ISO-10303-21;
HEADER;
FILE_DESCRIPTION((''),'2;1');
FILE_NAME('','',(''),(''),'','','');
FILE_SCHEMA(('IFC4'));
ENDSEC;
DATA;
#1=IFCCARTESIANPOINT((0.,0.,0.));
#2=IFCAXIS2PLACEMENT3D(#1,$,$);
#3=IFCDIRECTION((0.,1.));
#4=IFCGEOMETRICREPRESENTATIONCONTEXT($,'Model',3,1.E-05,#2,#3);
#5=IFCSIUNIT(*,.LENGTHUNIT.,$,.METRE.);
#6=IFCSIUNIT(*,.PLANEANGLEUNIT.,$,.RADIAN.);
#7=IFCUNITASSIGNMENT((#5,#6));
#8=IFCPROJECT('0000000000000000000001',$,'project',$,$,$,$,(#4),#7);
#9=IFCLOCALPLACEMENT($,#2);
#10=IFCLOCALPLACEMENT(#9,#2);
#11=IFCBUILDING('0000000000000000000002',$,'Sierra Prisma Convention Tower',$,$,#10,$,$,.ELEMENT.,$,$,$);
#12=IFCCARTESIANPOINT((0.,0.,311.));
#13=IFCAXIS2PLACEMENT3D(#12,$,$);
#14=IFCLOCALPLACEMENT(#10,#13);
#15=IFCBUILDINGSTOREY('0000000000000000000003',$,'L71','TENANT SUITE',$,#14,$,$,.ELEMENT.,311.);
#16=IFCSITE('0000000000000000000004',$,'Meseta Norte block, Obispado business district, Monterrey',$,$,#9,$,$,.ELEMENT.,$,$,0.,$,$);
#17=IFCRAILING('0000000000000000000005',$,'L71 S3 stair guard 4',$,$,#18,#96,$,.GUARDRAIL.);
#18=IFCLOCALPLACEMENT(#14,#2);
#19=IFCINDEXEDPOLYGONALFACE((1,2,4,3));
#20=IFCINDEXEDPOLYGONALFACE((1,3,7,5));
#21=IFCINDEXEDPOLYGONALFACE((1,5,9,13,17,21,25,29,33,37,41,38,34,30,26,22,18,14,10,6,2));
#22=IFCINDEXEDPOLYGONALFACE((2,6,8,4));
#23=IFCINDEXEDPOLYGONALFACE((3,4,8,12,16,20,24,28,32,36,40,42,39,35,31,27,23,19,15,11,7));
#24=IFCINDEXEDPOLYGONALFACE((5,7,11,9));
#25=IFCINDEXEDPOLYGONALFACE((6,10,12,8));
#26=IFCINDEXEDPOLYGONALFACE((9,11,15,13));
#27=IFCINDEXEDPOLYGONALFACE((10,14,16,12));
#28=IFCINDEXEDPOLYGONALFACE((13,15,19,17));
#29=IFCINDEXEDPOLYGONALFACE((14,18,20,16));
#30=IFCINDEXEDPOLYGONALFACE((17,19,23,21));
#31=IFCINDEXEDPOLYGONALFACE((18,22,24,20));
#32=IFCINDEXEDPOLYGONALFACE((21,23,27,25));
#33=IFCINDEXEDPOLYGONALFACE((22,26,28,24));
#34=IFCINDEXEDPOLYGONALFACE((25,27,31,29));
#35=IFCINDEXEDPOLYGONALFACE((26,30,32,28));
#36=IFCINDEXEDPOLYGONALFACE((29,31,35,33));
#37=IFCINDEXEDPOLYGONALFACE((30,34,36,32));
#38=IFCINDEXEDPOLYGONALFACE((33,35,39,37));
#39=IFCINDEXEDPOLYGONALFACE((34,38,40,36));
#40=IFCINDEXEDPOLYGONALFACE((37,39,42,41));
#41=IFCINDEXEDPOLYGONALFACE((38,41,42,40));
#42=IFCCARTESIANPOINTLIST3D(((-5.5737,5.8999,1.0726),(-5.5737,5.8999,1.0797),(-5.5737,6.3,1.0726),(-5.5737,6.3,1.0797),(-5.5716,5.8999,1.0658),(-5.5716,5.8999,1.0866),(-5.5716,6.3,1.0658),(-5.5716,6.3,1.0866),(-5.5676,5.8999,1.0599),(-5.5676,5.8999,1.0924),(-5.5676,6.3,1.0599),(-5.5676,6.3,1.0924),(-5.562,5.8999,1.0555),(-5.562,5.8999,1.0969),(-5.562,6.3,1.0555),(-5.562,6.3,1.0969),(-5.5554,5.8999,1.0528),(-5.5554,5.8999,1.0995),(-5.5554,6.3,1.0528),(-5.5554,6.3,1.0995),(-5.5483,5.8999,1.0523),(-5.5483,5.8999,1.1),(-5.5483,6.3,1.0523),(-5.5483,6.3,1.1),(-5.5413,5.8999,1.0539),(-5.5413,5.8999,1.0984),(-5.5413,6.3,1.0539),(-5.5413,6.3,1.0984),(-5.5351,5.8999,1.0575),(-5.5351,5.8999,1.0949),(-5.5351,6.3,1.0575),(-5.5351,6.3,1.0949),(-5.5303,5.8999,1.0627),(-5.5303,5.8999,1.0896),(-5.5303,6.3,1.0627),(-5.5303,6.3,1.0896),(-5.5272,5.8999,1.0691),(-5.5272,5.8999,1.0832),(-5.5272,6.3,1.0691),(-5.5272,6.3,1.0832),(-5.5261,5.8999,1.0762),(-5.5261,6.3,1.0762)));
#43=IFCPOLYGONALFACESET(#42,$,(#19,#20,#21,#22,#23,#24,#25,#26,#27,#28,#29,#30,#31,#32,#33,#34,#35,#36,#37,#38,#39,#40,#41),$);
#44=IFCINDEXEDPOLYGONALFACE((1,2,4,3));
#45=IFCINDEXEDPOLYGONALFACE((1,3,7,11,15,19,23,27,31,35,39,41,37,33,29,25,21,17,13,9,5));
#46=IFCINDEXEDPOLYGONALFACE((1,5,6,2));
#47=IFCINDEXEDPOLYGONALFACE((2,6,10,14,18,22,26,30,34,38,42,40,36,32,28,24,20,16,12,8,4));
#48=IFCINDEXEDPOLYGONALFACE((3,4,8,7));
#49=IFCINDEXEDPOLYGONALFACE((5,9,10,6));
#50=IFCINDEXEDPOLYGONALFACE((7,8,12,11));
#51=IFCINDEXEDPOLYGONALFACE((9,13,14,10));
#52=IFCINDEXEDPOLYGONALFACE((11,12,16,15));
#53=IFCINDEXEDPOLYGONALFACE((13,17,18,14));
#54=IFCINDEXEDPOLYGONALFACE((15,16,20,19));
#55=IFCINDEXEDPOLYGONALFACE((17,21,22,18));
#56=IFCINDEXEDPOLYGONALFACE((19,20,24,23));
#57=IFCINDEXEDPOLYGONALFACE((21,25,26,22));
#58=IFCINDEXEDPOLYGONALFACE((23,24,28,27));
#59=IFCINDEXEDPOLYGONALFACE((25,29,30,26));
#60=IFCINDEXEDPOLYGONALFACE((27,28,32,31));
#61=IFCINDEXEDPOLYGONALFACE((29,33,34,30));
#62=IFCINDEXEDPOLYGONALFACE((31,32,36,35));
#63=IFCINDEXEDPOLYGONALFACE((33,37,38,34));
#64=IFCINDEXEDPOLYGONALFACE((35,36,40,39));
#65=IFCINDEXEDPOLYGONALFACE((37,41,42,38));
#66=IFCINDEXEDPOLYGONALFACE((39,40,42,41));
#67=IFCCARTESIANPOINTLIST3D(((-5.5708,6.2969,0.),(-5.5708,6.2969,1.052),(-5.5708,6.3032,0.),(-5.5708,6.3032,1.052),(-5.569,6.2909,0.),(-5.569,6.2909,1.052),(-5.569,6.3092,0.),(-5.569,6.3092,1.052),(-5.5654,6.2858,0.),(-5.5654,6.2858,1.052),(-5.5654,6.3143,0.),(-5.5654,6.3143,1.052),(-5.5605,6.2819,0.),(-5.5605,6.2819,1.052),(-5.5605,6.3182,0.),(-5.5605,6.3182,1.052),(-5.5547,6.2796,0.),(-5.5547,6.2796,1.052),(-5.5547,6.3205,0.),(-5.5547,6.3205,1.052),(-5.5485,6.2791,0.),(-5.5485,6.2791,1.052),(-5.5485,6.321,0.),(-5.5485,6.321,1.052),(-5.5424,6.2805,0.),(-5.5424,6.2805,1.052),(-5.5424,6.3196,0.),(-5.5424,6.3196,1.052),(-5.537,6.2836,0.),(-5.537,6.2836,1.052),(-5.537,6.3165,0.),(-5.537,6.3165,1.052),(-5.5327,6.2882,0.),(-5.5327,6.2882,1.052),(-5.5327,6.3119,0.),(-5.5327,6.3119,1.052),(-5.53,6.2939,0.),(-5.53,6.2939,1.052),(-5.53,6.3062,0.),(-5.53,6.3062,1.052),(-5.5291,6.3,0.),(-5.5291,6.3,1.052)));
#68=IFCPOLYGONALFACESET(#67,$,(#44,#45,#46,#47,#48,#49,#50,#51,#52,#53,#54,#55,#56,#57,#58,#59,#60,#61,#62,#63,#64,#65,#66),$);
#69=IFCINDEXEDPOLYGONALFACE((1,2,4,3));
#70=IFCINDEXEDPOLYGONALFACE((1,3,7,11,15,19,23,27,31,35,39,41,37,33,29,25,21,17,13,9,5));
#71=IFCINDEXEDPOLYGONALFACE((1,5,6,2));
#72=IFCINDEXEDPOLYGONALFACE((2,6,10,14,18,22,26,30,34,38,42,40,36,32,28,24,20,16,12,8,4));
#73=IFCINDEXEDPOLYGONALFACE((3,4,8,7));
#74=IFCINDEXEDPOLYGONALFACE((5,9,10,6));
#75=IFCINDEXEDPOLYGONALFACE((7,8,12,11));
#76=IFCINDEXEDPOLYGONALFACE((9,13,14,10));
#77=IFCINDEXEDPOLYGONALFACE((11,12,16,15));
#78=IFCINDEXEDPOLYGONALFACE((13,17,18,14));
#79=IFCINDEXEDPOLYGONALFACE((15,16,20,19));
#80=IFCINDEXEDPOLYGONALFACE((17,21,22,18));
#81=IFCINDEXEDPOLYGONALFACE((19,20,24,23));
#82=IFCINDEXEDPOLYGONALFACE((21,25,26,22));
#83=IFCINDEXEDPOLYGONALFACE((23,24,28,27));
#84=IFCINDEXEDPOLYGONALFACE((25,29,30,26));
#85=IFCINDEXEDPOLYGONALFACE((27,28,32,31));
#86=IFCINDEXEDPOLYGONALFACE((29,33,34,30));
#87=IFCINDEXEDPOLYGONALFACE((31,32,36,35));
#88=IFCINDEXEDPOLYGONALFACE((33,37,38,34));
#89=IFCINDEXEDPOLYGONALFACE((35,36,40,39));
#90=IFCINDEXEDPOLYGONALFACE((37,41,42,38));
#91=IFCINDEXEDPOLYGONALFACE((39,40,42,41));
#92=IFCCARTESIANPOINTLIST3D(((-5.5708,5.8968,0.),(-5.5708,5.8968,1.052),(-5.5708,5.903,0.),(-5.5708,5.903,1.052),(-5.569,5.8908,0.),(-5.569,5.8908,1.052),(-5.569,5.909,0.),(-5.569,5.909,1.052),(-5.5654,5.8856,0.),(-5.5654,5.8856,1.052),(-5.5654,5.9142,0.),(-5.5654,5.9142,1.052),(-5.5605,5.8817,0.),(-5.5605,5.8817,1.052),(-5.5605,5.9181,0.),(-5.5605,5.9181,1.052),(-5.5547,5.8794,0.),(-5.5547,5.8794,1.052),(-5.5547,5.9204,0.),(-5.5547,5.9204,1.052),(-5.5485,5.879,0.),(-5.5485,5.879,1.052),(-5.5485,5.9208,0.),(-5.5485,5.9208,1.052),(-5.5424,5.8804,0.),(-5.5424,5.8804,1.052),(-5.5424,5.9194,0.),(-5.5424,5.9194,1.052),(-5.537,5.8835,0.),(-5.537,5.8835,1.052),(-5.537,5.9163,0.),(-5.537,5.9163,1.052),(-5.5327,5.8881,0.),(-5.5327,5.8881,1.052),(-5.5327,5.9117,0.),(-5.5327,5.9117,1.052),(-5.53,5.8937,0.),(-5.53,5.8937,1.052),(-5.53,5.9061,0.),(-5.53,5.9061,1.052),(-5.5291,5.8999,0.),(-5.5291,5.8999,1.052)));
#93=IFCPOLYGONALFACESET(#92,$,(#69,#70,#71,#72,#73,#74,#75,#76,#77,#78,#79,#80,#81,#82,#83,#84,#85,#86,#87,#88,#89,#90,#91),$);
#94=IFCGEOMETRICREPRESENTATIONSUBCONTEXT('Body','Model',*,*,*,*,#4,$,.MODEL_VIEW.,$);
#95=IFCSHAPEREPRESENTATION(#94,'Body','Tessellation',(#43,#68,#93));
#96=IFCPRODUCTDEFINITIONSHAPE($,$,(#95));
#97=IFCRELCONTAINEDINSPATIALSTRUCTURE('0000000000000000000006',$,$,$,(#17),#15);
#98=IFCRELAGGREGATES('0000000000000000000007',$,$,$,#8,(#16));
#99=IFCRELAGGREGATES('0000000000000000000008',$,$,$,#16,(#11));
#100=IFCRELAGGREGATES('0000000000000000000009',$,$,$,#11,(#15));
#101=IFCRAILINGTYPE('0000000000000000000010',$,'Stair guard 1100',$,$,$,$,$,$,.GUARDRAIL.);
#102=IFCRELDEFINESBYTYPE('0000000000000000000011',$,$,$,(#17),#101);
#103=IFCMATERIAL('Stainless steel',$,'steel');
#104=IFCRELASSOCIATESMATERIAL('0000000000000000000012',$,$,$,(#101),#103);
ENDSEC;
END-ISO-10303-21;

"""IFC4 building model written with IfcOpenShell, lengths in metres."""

from ifc_helpers import new_model, si_unit, direction, frame, origin, origin_2d, place, context, subcontext, project, spatial, circle, extrude, material, type_object, element, save


model = new_model("IFC4")

# Units and contexts
model_context = context("Model", 3, precision=1e-05, world=origin(), true_north=direction((0.0, 1.0)))
body_context = subcontext(model_context, "Body", "Model", "MODEL_VIEW")
ifc_project = project(units=[si_unit("LENGTHUNIT", "METRE"), si_unit("PLANEANGLEUNIT", "RADIAN")], contexts=[model_context])

# Site, building, storey
site_placement = place(None, origin())
site = spatial("IfcSite", under=ifc_project, at=site_placement, Name="Meseta Norte block, Obispado business district, Monterrey", CompositionType="ELEMENT", RefElevation=0.0)
building_placement = place(site_placement, origin())
building = spatial("IfcBuilding", under=site, at=building_placement, Name="Sierra Prisma Convention Tower", CompositionType="ELEMENT")
storey_placement = place(building_placement, frame((0.0, 0.0, 311.0)))
storey = spatial("IfcBuildingStorey", under=building, at=storey_placement, Name="L71", Description="TENANT SUITE", CompositionType="ELEMENT", Elevation=311.0)

# Railing
ifc_material_1 = material(Name="Stainless steel", Category="steel")
railing_type_1 = type_object("IfcRailingType", Name="Stair guard 1100", PredefinedType="GUARDRAIL", material=ifc_material_1)
railing_1_placement = place(storey_placement, frame((-5.55, 6.3, 0.0)))
element("IfcRailing", 1, at=railing_1_placement, inside=storey, type_object=railing_type_1, Name="L71 S3 stair guard 4", PredefinedType="GUARDRAIL", context=body_context, shape_type="SweptSolid", body=[
    extrude(circle(Radius=0.0239, at=origin_2d()), frame((0.0, 0.0, 1.0762), z_axis=(0.0, -1.0, 0.0), x_axis=(1.0, 0.0, 0.0)), (0.0, 0.0, 1.0), 0.4001),
    extrude(circle(Radius=0.021, at=origin_2d()), origin(), (0.0, 0.0, 1.0), 1.052),
    extrude(circle(Radius=0.021, at=origin_2d()), frame((0.0, -0.4001, 0.0)), (0.0, 0.0, 1.0), 1.052),
])

save(model, "model.ifc")
